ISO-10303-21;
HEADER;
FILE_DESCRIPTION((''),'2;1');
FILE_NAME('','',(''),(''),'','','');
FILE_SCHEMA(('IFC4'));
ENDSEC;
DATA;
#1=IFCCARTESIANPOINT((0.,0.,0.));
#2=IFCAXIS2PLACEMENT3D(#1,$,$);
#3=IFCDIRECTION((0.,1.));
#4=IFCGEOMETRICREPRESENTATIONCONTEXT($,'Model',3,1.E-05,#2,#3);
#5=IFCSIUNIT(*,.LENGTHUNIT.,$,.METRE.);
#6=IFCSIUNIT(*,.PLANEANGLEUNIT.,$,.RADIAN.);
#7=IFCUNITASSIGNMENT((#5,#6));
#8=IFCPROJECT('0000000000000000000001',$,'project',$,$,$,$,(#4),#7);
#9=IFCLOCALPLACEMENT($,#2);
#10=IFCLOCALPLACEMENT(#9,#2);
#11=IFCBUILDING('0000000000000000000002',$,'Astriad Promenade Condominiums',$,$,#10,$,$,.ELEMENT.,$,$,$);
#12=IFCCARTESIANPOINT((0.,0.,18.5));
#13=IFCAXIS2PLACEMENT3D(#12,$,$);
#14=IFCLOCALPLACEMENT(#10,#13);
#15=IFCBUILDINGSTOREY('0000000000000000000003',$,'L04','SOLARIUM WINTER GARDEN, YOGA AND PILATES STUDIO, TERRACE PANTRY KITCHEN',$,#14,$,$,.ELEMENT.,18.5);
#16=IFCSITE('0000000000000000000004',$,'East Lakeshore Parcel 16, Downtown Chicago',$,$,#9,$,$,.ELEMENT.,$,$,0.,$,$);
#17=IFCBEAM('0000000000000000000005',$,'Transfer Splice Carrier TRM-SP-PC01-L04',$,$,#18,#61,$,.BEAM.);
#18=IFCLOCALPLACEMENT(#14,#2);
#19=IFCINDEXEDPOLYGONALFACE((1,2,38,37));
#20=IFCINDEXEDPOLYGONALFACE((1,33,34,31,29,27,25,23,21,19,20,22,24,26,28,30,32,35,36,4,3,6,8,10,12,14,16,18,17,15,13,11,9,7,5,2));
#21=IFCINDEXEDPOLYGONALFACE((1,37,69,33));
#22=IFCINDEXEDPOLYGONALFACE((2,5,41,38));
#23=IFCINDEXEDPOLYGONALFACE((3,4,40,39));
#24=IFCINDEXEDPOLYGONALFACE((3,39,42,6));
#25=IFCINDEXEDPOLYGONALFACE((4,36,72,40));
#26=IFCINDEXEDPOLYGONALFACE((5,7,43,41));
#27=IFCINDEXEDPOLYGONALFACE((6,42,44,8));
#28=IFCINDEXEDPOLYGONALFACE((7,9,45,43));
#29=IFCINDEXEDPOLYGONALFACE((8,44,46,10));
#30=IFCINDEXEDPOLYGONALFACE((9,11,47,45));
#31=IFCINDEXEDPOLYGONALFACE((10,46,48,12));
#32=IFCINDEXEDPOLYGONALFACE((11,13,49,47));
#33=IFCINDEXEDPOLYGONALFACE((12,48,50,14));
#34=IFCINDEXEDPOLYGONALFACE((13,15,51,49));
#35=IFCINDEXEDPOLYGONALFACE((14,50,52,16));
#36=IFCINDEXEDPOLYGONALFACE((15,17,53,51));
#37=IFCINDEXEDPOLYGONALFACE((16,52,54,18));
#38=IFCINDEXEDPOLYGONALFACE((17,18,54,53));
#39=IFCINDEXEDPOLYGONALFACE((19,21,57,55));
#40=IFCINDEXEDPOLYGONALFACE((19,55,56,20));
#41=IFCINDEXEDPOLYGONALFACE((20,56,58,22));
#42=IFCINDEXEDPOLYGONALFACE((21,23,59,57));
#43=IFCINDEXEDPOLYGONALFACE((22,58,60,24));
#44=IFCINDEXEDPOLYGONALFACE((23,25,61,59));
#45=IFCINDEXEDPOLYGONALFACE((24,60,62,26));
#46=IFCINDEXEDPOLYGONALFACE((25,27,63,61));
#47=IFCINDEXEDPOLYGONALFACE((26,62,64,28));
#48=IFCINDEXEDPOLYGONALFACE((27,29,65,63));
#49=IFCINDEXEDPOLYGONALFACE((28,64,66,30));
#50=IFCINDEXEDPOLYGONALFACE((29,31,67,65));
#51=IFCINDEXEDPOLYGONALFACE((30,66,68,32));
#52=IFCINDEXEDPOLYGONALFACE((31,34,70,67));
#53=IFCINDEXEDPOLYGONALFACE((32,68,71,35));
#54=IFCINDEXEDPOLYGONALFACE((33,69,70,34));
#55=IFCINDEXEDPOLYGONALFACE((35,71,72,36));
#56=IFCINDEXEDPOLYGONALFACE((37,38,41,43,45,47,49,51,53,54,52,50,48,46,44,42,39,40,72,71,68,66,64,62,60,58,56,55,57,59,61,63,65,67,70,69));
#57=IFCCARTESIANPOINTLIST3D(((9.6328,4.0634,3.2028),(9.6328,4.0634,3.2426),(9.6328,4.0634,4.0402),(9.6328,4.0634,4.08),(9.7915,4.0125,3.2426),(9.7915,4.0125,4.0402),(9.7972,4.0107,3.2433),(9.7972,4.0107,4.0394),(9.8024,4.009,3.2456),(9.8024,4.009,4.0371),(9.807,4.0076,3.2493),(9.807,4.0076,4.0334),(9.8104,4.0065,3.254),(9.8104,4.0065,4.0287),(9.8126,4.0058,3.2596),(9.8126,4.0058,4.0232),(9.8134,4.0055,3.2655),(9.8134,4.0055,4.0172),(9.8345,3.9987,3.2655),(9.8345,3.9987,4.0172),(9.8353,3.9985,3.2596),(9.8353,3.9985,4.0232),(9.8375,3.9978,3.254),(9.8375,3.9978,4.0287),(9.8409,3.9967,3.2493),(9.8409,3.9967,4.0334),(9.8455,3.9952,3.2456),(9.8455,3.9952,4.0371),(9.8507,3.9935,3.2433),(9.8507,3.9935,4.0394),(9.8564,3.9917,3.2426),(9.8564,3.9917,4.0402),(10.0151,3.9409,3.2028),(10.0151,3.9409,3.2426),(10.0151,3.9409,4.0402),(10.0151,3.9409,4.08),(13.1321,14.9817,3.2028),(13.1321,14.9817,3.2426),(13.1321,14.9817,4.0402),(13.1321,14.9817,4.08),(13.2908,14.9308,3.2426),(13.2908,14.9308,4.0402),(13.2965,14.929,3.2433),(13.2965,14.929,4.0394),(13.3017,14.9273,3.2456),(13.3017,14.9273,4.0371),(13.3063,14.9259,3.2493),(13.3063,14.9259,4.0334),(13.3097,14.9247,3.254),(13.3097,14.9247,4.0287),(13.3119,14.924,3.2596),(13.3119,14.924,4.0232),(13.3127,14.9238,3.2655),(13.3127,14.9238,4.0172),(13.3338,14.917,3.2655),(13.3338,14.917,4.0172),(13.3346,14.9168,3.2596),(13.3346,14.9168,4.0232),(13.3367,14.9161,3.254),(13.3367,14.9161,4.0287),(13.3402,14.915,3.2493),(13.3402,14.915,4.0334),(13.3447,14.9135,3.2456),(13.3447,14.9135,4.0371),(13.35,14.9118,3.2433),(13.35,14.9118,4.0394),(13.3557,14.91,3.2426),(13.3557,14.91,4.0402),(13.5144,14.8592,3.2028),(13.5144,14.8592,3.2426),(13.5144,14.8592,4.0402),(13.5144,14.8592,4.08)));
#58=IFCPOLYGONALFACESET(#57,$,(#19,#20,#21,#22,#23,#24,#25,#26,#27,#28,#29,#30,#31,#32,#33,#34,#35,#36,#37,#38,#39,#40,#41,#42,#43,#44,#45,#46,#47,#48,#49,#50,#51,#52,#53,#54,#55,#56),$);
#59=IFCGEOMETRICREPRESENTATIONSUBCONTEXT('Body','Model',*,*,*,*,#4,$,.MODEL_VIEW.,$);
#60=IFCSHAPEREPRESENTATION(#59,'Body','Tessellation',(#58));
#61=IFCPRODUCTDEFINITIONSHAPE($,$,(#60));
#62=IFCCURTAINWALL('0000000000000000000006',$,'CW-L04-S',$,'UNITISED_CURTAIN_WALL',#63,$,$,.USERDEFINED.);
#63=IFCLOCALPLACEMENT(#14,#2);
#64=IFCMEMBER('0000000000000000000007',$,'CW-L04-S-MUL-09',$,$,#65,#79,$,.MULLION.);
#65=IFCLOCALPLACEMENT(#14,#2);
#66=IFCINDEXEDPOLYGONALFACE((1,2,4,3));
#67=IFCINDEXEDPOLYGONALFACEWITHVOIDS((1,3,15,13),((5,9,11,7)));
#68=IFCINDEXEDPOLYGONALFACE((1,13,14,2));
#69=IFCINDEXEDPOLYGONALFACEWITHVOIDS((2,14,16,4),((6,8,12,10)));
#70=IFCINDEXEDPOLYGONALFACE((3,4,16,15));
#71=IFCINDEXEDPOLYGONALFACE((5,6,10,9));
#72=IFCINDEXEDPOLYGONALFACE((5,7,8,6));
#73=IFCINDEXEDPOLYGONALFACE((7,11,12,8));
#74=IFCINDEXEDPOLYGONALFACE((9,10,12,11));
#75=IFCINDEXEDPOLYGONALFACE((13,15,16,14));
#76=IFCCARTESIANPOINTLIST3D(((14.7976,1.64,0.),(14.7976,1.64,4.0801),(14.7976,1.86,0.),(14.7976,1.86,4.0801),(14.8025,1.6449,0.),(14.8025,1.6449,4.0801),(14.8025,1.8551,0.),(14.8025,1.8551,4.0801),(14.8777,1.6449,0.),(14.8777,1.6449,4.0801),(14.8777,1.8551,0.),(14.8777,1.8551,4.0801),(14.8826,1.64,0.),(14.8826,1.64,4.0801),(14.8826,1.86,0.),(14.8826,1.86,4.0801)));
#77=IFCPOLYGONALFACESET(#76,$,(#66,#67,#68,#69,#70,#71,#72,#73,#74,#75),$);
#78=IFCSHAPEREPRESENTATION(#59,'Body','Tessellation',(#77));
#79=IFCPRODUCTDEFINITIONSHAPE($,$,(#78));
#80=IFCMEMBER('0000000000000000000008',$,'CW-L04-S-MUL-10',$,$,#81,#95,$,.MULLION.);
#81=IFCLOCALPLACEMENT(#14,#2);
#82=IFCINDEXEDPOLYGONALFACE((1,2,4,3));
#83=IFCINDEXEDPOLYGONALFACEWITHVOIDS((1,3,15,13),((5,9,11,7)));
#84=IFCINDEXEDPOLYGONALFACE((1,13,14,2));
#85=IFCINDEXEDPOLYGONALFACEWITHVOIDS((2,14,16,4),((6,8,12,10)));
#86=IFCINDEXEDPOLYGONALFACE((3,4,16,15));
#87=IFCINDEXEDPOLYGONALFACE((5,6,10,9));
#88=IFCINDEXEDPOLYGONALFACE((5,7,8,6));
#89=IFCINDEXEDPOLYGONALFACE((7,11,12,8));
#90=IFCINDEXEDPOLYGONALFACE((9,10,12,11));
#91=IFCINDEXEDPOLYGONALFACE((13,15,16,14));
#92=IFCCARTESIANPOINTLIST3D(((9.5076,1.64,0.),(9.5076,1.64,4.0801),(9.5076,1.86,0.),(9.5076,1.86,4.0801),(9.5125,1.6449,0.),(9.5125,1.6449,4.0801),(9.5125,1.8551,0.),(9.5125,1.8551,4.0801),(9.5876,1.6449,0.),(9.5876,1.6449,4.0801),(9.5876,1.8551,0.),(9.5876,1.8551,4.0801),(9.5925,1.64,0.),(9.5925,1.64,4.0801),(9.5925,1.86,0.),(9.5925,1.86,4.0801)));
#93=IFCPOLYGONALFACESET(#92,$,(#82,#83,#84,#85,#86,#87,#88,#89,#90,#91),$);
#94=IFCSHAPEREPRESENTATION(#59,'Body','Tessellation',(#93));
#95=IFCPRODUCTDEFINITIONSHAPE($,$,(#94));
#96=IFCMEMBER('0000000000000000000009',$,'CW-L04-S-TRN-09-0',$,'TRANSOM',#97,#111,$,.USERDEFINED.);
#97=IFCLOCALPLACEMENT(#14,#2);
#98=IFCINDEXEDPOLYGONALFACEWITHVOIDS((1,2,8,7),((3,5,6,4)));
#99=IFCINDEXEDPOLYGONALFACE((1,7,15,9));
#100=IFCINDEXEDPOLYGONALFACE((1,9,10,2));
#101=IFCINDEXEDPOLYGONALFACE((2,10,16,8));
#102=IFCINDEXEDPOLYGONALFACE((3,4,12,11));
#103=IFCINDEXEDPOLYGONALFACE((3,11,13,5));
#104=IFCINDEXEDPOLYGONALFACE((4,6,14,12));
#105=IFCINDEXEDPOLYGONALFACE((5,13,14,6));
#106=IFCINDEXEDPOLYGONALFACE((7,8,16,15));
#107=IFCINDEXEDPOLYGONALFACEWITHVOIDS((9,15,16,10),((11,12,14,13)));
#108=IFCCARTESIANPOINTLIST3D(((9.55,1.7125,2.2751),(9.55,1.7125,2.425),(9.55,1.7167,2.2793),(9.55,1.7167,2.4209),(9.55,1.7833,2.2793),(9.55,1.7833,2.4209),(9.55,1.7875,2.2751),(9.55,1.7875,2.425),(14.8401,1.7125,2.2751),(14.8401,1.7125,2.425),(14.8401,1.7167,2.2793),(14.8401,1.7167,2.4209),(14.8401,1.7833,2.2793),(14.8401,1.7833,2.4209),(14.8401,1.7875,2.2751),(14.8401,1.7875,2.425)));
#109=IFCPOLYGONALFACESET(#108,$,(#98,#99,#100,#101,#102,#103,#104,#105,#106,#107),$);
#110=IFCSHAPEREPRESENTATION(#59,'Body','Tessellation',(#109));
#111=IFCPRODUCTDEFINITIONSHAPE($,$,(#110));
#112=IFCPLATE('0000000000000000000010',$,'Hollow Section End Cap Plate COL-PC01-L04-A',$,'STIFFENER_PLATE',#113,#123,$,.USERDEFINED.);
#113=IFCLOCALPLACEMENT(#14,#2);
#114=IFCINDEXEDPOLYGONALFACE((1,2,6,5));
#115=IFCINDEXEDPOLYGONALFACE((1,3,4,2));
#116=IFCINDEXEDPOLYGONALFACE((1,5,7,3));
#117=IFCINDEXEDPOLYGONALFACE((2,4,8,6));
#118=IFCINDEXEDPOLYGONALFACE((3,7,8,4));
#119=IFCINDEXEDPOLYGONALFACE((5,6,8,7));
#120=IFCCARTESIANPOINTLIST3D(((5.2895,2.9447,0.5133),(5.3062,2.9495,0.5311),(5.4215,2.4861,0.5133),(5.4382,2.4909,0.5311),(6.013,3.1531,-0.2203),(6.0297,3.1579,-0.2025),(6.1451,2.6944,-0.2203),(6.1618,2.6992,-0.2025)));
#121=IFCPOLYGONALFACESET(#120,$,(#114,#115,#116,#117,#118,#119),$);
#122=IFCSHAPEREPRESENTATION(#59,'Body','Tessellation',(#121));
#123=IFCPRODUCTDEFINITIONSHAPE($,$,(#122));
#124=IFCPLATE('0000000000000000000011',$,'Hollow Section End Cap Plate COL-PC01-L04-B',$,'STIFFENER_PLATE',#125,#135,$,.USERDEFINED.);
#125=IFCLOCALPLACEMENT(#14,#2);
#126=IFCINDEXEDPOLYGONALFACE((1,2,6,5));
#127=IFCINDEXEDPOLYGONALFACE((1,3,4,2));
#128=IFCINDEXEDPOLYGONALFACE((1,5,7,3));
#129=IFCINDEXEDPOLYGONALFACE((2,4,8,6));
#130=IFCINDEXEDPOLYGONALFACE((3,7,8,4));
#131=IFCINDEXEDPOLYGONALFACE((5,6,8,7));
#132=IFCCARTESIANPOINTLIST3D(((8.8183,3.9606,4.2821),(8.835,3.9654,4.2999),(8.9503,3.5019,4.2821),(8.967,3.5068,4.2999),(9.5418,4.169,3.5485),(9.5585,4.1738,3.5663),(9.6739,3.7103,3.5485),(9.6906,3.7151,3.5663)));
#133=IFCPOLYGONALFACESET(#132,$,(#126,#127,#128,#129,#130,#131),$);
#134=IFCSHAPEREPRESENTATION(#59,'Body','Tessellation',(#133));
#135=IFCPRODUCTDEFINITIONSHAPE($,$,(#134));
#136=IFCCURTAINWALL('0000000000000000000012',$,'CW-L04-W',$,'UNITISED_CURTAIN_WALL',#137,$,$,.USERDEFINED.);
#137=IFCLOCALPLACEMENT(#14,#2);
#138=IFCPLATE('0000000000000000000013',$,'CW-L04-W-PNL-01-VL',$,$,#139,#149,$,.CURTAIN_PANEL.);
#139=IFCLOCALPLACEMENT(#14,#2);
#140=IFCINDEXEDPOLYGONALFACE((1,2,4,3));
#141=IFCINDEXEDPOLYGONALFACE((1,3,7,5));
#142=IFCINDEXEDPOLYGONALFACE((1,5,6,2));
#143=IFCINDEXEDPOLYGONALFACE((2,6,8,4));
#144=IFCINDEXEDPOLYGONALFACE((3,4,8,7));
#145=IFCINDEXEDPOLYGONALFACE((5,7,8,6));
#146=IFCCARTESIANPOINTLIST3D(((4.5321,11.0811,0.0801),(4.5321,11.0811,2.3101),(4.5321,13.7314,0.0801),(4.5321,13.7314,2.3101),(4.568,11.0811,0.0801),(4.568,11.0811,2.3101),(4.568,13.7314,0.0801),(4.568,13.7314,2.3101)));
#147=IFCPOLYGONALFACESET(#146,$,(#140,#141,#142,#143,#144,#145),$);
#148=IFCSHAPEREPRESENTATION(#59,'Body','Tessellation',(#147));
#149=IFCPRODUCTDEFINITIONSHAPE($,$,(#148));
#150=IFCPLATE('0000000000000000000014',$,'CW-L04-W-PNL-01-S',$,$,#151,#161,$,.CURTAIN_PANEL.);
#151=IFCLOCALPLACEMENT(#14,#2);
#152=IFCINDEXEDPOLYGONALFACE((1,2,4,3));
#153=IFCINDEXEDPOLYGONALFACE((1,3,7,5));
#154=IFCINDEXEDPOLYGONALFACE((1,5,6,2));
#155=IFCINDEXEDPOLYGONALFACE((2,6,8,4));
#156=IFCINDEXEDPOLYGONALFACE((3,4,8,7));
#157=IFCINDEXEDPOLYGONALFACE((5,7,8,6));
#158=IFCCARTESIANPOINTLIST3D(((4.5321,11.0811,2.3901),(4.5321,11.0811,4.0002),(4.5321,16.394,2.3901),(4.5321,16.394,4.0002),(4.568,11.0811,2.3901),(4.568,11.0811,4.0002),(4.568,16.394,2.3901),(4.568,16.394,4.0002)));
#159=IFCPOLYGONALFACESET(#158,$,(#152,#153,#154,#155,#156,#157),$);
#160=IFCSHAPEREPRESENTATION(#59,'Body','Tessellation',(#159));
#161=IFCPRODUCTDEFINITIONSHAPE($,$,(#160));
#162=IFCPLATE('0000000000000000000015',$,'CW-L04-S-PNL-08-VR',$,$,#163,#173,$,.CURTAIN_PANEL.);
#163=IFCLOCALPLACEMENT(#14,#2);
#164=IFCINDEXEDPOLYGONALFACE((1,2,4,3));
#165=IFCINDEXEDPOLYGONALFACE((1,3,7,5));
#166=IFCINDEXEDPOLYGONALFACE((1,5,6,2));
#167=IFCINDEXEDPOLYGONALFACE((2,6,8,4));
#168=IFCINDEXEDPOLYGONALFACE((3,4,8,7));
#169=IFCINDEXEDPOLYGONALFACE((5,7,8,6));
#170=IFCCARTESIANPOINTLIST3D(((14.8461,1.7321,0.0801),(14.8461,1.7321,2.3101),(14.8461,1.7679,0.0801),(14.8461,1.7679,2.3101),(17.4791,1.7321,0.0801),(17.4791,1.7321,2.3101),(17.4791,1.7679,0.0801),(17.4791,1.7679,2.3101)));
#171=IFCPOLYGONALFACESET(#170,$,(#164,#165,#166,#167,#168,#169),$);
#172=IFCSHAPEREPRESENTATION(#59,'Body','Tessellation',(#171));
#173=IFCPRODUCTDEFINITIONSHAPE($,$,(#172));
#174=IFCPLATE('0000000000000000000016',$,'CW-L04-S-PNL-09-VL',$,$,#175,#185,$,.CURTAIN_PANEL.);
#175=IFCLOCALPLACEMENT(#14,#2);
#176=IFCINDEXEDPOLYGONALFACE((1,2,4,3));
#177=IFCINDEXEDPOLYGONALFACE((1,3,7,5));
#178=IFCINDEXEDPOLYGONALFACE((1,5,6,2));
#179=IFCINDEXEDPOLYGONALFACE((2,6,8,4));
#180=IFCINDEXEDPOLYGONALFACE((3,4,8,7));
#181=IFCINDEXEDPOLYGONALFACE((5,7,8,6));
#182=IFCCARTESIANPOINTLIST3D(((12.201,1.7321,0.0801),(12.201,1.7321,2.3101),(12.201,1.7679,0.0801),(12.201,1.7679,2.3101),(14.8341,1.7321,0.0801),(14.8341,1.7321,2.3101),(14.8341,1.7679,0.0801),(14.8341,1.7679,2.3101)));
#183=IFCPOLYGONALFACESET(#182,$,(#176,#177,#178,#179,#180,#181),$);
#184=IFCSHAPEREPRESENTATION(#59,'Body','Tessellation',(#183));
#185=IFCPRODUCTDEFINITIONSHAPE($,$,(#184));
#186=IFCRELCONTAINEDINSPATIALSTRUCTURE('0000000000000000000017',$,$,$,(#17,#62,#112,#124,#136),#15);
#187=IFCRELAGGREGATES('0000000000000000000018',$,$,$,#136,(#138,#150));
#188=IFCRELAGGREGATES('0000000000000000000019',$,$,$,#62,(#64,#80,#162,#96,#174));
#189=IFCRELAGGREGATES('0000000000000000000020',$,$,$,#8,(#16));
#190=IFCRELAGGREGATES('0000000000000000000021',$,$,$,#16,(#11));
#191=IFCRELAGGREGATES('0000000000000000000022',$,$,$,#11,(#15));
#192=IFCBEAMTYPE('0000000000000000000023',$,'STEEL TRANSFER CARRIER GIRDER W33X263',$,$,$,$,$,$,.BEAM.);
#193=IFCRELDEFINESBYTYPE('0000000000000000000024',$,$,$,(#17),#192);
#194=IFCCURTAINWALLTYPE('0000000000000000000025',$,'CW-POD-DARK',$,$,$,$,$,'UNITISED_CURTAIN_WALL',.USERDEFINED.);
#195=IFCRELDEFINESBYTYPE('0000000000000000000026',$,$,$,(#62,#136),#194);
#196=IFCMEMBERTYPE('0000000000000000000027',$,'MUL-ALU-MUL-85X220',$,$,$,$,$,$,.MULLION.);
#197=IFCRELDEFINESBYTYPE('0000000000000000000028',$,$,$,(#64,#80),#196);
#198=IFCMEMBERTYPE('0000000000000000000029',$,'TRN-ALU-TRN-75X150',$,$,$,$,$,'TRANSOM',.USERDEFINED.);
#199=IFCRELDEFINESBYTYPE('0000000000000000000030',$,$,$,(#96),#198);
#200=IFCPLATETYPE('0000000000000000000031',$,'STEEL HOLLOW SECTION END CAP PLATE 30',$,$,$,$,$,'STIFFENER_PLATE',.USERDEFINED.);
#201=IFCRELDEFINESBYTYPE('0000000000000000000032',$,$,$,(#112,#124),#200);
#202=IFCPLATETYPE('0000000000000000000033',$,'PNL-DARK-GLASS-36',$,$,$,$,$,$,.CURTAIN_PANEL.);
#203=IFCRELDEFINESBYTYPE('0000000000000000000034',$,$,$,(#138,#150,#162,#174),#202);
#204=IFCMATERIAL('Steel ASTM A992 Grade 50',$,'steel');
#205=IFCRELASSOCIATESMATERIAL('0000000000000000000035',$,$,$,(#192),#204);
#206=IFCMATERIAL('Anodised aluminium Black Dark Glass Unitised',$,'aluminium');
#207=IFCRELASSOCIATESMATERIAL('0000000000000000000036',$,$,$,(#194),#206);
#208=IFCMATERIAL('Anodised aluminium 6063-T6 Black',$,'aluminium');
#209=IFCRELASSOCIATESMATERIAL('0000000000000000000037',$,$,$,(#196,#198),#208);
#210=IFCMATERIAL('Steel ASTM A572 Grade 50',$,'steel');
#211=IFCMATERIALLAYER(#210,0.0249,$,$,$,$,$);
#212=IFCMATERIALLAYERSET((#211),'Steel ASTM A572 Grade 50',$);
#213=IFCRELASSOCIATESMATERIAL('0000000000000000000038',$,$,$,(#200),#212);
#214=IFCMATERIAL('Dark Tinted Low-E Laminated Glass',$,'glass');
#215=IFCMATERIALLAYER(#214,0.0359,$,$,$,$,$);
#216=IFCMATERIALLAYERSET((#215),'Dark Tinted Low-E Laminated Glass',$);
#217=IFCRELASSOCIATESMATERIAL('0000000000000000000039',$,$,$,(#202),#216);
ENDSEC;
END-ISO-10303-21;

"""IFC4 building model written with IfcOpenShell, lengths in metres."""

from ifc_helpers import new_model, si_unit, direction, frame, origin, origin_2d, place, context, subcontext, project, spatial, rectangle, hollow_rectangle, i_section, extrude, source, transform, mapped, material, layer, layer_set, material_profile, profile_set, type_object, type_shapes, element, aggregate, save


model = new_model("IFC4")

# Units and contexts
model_context = context("Model", 3, precision=1e-05, world=origin(), true_north=direction((0.0, 1.0)))
body_context = subcontext(model_context, "Body", "Model", "MODEL_VIEW")
ifc_project = project(units=[si_unit("LENGTHUNIT", "METRE"), si_unit("PLANEANGLEUNIT", "RADIAN")], contexts=[model_context])

# Site, building, storey
site_placement = place(None, origin())
site = spatial("IfcSite", under=ifc_project, at=site_placement, Name="East Lakeshore Parcel 16, Downtown Chicago", CompositionType="ELEMENT", RefElevation=0.0)
building_placement = place(site_placement, origin())
building = spatial("IfcBuilding", under=site, at=building_placement, Name="Astriad Promenade Condominiums", CompositionType="ELEMENT")
storey_placement = place(building_placement, frame((0.0, 0.0, 18.5)))
storey = spatial("IfcBuildingStorey", under=building, at=storey_placement, Name="L04", Description="SOLARIUM WINTER GARDEN, YOGA AND PILATES STUDIO, TERRACE PANTRY KITCHEN", CompositionType="ELEMENT", Elevation=18.5)

# Shared definitions
ifc_material_1 = material(Name="Steel ASTM A992 Grade 50", Category="steel")

# Beam
ifc_material_profile_1 = material_profile(ifc_material_1, i_section(OverallWidth=0.4014, OverallDepth=0.8772, WebThickness=0.0222, FlangeThickness=0.0398, FilletRadius=0.0229, at=origin_2d()), Name="W33X263")
ifc_profile_set_1 = profile_set([ifc_material_profile_1], Name="Steel ASTM A992 Grade 50")
beam_type_1 = type_object("IfcBeamType", Name="STEEL TRANSFER CARRIER GIRDER W33X263", PredefinedType="BEAM", material=ifc_profile_set_1)
shared_shape_1 = source(origin(), body_context, "Body", "SweptSolid", [
    extrude(i_section(OverallWidth=0.4014, OverallDepth=0.8772, WebThickness=0.0222, FlangeThickness=0.0398, FilletRadius=0.0229, at=origin_2d()), origin(), (0.0, 0.0, 1.0), 11.4653),
])
type_shapes(beam_type_1, [shared_shape_1])
beam_1_placement = place(storey_placement, frame((13.3232, 14.9204, 3.6414), z_axis=(-0.305206, -0.952286, 0.0), x_axis=(0.952286, -0.305206, 0.0)))
element("IfcBeam", 1, at=beam_1_placement, inside=storey, type_object=beam_type_1, Name="Transfer Splice Carrier TRM-SP-PC01-L04", PredefinedType="BEAM", context=body_context, shape_type="MappedRepresentation", body=[
    mapped(shared_shape_1, transform((0.0, 0.0, 0.0), scale=1.0)),
])

# Curtain wall, members
ifc_material_2 = material(Name="Anodised aluminium Black Dark Glass Unitised", Category="aluminium")
curtain_wall_type = type_object("IfcCurtainWallType", Name="CW-POD-DARK", ElementType="UNITISED_CURTAIN_WALL", PredefinedType="USERDEFINED", material=ifc_material_2)
curtain_wall_1_placement = place(storey_placement, origin())
curtain_wall_1 = element("IfcCurtainWall", 2, at=curtain_wall_1_placement, inside=storey, type_object=curtain_wall_type, Name="CW-L04-S", ObjectType="UNITISED_CURTAIN_WALL", PredefinedType="USERDEFINED")
ifc_material_3 = material(Name="Anodised aluminium 6063-T6 Black", Category="aluminium")
ifc_material_profile_2 = material_profile(ifc_material_3, hollow_rectangle(XDim=0.085, YDim=0.22, WallThickness=0.0049, at=origin_2d()), Name="ALU-MUL-85X220")
ifc_profile_set_2 = profile_set([ifc_material_profile_2], Name="Anodised aluminium 6063-T6 Black")
member_type_1 = type_object("IfcMemberType", Name="MUL-ALU-MUL-85X220", PredefinedType="MULLION", material=ifc_profile_set_2)
shared_shape_2 = source(origin(), body_context, "Body", "SweptSolid", [
    extrude(hollow_rectangle(XDim=0.085, YDim=0.22, WallThickness=0.0049, at=origin_2d()), origin(), (0.0, 0.0, 1.0), 4.0801),
])
type_shapes(member_type_1, [shared_shape_2])
member_1_placement = place(storey_placement, frame((14.8401, 1.75, 0.0), z_axis=(0.0, 0.0, 1.0), x_axis=(1.0, 0.0, 0.0)))
member_1 = element("IfcMember", 3, at=member_1_placement, type_object=member_type_1, Name="CW-L04-S-MUL-09", PredefinedType="MULLION", context=body_context, shape_type="MappedRepresentation", body=[
    mapped(shared_shape_2, transform((0.0, 0.0, 0.0), scale=1.0)),
])
member_2_placement = place(storey_placement, frame((9.55, 1.75, 0.0), z_axis=(0.0, 0.0, 1.0), x_axis=(1.0, 0.0, 0.0)))
member_2 = element("IfcMember", 4, at=member_2_placement, type_object=member_type_1, Name="CW-L04-S-MUL-10", PredefinedType="MULLION", context=body_context, shape_type="MappedRepresentation", body=[
    mapped(shared_shape_2, transform((0.0, 0.0, 0.0), scale=1.0)),
])
ifc_material_profile_3 = material_profile(ifc_material_3, hollow_rectangle(XDim=0.075, YDim=0.1499, WallThickness=0.0042, at=origin_2d()), Name="ALU-TRN-75X150")
ifc_profile_set_3 = profile_set([ifc_material_profile_3], Name="Anodised aluminium 6063-T6 Black")
member_type_2 = type_object("IfcMemberType", Name="TRN-ALU-TRN-75X150", ElementType="TRANSOM", PredefinedType="USERDEFINED", material=ifc_profile_set_3)
shared_shape_3 = source(origin(), body_context, "Body", "SweptSolid", [
    extrude(hollow_rectangle(XDim=0.075, YDim=0.1499, WallThickness=0.0042, at=origin_2d()), origin(), (0.0, 0.0, 1.0), 5.29),
])
type_shapes(member_type_2, [shared_shape_3])
member_3_placement = place(storey_placement, frame((14.8401, 1.75, 2.3501), z_axis=(-1.0, 0.0, 0.0), x_axis=(0.0, -1.0, 0.0)))
member_3 = element("IfcMember", 5, at=member_3_placement, type_object=member_type_2, Name="CW-L04-S-TRN-09-0", ObjectType="TRANSOM", PredefinedType="USERDEFINED", context=body_context, shape_type="MappedRepresentation", body=[
    mapped(shared_shape_3, transform((0.0, 0.0, 0.0), scale=1.0)),
])

# Plates
ifc_material_4 = material(Name="Steel ASTM A572 Grade 50", Category="steel")
ifc_layer_1 = layer(ifc_material_4, 0.0249)
ifc_layer_set_1 = layer_set([ifc_layer_1], Name="Steel ASTM A572 Grade 50")
plate_type_1 = type_object("IfcPlateType", Name="STEEL HOLLOW SECTION END CAP PLATE 30", ElementType="STIFFENER_PLATE", PredefinedType="USERDEFINED", material=ifc_layer_set_1)
shared_shape_4 = source(origin(), body_context, "Body", "SweptSolid", [
    extrude(rectangle(XDim=0.4773, YDim=1.0513, at=origin_2d()), origin(), (0.0, 0.0, 1.0), 0.0249),
])
type_shapes(plate_type_1, [shared_shape_4])
for number, where, z_axis, x_axis, name in (
    (6, (5.7173, 2.8196, 0.1465), (0.670604, 0.193096, 0.716243), (-0.276701, 0.960956, 0.0), "Hollow Section End Cap Plate COL-PC01-L04-A"),
    (7, (9.2461, 3.8354, 3.9153), (0.670604, 0.193096, 0.716243), (-0.276701, 0.960956, 0.0), "Hollow Section End Cap Plate COL-PC01-L04-B"),
):
    element("IfcPlate", number, at=place(storey_placement, frame(where, z_axis=z_axis, x_axis=x_axis)), inside=storey, type_object=plate_type_1, Name=name, ObjectType="STIFFENER_PLATE", PredefinedType="USERDEFINED", context=body_context, shape_type="MappedRepresentation", body=[
        mapped(shared_shape_4, transform((0.0, 0.0, 0.0), scale=1.0)),
    ])

# Curtain wall, plates
curtain_wall_2_placement = place(storey_placement, origin())
curtain_wall_2 = element("IfcCurtainWall", 8, at=curtain_wall_2_placement, inside=storey, type_object=curtain_wall_type, Name="CW-L04-W", ObjectType="UNITISED_CURTAIN_WALL", PredefinedType="USERDEFINED")
ifc_material_5 = material(Name="Dark Tinted Low-E Laminated Glass", Category="glass")
ifc_layer_2 = layer(ifc_material_5, 0.0359)
ifc_layer_set_2 = layer_set([ifc_layer_2], Name="Dark Tinted Low-E Laminated Glass")
plate_type_2 = type_object("IfcPlateType", Name="PNL-DARK-GLASS-36", PredefinedType="CURTAIN_PANEL", material=ifc_layer_set_2)
shared_shape_5 = source(origin(), body_context, "Body", "SweptSolid", [
    extrude(rectangle(XDim=2.6504, YDim=0.0359, at=origin_2d()), origin(), (0.0, 0.0, 1.0), 2.23),
])
plate_1_placement = place(storey_placement, frame((4.55, 12.4062, 0.0801), z_axis=(0.0, 0.0, 1.0), x_axis=(0.0, 1.0, 0.0)))
plate_1 = element("IfcPlate", 9, at=plate_1_placement, type_object=plate_type_2, Name="CW-L04-W-PNL-01-VL", PredefinedType="CURTAIN_PANEL", context=body_context, shape_type="MappedRepresentation", body=[
    mapped(shared_shape_5, transform((0.0, 0.0, 0.0), scale=1.0)),
])
shared_shape_6 = source(origin(), body_context, "Body", "SweptSolid", [
    extrude(rectangle(XDim=5.313, YDim=0.0359, at=origin_2d()), origin(), (0.0, 0.0, 1.0), 1.6101),
])
plate_2_placement = place(storey_placement, frame((4.55, 13.7375, 2.3901), z_axis=(0.0, 0.0, 1.0), x_axis=(0.0, 1.0, 0.0)))
plate_2 = element("IfcPlate", 10, at=plate_2_placement, type_object=plate_type_2, Name="CW-L04-W-PNL-01-S", PredefinedType="CURTAIN_PANEL", context=body_context, shape_type="MappedRepresentation", body=[
    mapped(shared_shape_6, transform((0.0, 0.0, 0.0), scale=1.0)),
])
aggregate(curtain_wall_2, [plate_1, plate_2])

# Plates
shared_shape_7 = source(origin(), body_context, "Body", "SweptSolid", [
    extrude(rectangle(XDim=2.6331, YDim=0.0359, at=origin_2d()), origin(), (0.0, 0.0, 1.0), 2.23),
])
plate_3_placement = place(storey_placement, frame((16.1626, 1.75, 0.0801), z_axis=(0.0, 0.0, 1.0), x_axis=(-1.0, 0.0, 0.0)))
plate_3 = element("IfcPlate", 11, at=plate_3_placement, type_object=plate_type_2, Name="CW-L04-S-PNL-08-VR", PredefinedType="CURTAIN_PANEL", context=body_context, shape_type="MappedRepresentation", body=[
    mapped(shared_shape_7, transform((0.0, 0.0, 0.0), scale=1.0)),
])
plate_4_placement = place(storey_placement, frame((13.5176, 1.75, 0.0801), z_axis=(0.0, 0.0, 1.0), x_axis=(-1.0, 0.0, 0.0)))
plate_4 = element("IfcPlate", 12, at=plate_4_placement, type_object=plate_type_2, Name="CW-L04-S-PNL-09-VL", PredefinedType="CURTAIN_PANEL", context=body_context, shape_type="MappedRepresentation", body=[
    mapped(shared_shape_7, transform((0.0, 0.0, 0.0), scale=1.0)),
])
aggregate(curtain_wall_1, [member_1, member_2, plate_3, member_3, plate_4])

save(model, "model.ifc")
